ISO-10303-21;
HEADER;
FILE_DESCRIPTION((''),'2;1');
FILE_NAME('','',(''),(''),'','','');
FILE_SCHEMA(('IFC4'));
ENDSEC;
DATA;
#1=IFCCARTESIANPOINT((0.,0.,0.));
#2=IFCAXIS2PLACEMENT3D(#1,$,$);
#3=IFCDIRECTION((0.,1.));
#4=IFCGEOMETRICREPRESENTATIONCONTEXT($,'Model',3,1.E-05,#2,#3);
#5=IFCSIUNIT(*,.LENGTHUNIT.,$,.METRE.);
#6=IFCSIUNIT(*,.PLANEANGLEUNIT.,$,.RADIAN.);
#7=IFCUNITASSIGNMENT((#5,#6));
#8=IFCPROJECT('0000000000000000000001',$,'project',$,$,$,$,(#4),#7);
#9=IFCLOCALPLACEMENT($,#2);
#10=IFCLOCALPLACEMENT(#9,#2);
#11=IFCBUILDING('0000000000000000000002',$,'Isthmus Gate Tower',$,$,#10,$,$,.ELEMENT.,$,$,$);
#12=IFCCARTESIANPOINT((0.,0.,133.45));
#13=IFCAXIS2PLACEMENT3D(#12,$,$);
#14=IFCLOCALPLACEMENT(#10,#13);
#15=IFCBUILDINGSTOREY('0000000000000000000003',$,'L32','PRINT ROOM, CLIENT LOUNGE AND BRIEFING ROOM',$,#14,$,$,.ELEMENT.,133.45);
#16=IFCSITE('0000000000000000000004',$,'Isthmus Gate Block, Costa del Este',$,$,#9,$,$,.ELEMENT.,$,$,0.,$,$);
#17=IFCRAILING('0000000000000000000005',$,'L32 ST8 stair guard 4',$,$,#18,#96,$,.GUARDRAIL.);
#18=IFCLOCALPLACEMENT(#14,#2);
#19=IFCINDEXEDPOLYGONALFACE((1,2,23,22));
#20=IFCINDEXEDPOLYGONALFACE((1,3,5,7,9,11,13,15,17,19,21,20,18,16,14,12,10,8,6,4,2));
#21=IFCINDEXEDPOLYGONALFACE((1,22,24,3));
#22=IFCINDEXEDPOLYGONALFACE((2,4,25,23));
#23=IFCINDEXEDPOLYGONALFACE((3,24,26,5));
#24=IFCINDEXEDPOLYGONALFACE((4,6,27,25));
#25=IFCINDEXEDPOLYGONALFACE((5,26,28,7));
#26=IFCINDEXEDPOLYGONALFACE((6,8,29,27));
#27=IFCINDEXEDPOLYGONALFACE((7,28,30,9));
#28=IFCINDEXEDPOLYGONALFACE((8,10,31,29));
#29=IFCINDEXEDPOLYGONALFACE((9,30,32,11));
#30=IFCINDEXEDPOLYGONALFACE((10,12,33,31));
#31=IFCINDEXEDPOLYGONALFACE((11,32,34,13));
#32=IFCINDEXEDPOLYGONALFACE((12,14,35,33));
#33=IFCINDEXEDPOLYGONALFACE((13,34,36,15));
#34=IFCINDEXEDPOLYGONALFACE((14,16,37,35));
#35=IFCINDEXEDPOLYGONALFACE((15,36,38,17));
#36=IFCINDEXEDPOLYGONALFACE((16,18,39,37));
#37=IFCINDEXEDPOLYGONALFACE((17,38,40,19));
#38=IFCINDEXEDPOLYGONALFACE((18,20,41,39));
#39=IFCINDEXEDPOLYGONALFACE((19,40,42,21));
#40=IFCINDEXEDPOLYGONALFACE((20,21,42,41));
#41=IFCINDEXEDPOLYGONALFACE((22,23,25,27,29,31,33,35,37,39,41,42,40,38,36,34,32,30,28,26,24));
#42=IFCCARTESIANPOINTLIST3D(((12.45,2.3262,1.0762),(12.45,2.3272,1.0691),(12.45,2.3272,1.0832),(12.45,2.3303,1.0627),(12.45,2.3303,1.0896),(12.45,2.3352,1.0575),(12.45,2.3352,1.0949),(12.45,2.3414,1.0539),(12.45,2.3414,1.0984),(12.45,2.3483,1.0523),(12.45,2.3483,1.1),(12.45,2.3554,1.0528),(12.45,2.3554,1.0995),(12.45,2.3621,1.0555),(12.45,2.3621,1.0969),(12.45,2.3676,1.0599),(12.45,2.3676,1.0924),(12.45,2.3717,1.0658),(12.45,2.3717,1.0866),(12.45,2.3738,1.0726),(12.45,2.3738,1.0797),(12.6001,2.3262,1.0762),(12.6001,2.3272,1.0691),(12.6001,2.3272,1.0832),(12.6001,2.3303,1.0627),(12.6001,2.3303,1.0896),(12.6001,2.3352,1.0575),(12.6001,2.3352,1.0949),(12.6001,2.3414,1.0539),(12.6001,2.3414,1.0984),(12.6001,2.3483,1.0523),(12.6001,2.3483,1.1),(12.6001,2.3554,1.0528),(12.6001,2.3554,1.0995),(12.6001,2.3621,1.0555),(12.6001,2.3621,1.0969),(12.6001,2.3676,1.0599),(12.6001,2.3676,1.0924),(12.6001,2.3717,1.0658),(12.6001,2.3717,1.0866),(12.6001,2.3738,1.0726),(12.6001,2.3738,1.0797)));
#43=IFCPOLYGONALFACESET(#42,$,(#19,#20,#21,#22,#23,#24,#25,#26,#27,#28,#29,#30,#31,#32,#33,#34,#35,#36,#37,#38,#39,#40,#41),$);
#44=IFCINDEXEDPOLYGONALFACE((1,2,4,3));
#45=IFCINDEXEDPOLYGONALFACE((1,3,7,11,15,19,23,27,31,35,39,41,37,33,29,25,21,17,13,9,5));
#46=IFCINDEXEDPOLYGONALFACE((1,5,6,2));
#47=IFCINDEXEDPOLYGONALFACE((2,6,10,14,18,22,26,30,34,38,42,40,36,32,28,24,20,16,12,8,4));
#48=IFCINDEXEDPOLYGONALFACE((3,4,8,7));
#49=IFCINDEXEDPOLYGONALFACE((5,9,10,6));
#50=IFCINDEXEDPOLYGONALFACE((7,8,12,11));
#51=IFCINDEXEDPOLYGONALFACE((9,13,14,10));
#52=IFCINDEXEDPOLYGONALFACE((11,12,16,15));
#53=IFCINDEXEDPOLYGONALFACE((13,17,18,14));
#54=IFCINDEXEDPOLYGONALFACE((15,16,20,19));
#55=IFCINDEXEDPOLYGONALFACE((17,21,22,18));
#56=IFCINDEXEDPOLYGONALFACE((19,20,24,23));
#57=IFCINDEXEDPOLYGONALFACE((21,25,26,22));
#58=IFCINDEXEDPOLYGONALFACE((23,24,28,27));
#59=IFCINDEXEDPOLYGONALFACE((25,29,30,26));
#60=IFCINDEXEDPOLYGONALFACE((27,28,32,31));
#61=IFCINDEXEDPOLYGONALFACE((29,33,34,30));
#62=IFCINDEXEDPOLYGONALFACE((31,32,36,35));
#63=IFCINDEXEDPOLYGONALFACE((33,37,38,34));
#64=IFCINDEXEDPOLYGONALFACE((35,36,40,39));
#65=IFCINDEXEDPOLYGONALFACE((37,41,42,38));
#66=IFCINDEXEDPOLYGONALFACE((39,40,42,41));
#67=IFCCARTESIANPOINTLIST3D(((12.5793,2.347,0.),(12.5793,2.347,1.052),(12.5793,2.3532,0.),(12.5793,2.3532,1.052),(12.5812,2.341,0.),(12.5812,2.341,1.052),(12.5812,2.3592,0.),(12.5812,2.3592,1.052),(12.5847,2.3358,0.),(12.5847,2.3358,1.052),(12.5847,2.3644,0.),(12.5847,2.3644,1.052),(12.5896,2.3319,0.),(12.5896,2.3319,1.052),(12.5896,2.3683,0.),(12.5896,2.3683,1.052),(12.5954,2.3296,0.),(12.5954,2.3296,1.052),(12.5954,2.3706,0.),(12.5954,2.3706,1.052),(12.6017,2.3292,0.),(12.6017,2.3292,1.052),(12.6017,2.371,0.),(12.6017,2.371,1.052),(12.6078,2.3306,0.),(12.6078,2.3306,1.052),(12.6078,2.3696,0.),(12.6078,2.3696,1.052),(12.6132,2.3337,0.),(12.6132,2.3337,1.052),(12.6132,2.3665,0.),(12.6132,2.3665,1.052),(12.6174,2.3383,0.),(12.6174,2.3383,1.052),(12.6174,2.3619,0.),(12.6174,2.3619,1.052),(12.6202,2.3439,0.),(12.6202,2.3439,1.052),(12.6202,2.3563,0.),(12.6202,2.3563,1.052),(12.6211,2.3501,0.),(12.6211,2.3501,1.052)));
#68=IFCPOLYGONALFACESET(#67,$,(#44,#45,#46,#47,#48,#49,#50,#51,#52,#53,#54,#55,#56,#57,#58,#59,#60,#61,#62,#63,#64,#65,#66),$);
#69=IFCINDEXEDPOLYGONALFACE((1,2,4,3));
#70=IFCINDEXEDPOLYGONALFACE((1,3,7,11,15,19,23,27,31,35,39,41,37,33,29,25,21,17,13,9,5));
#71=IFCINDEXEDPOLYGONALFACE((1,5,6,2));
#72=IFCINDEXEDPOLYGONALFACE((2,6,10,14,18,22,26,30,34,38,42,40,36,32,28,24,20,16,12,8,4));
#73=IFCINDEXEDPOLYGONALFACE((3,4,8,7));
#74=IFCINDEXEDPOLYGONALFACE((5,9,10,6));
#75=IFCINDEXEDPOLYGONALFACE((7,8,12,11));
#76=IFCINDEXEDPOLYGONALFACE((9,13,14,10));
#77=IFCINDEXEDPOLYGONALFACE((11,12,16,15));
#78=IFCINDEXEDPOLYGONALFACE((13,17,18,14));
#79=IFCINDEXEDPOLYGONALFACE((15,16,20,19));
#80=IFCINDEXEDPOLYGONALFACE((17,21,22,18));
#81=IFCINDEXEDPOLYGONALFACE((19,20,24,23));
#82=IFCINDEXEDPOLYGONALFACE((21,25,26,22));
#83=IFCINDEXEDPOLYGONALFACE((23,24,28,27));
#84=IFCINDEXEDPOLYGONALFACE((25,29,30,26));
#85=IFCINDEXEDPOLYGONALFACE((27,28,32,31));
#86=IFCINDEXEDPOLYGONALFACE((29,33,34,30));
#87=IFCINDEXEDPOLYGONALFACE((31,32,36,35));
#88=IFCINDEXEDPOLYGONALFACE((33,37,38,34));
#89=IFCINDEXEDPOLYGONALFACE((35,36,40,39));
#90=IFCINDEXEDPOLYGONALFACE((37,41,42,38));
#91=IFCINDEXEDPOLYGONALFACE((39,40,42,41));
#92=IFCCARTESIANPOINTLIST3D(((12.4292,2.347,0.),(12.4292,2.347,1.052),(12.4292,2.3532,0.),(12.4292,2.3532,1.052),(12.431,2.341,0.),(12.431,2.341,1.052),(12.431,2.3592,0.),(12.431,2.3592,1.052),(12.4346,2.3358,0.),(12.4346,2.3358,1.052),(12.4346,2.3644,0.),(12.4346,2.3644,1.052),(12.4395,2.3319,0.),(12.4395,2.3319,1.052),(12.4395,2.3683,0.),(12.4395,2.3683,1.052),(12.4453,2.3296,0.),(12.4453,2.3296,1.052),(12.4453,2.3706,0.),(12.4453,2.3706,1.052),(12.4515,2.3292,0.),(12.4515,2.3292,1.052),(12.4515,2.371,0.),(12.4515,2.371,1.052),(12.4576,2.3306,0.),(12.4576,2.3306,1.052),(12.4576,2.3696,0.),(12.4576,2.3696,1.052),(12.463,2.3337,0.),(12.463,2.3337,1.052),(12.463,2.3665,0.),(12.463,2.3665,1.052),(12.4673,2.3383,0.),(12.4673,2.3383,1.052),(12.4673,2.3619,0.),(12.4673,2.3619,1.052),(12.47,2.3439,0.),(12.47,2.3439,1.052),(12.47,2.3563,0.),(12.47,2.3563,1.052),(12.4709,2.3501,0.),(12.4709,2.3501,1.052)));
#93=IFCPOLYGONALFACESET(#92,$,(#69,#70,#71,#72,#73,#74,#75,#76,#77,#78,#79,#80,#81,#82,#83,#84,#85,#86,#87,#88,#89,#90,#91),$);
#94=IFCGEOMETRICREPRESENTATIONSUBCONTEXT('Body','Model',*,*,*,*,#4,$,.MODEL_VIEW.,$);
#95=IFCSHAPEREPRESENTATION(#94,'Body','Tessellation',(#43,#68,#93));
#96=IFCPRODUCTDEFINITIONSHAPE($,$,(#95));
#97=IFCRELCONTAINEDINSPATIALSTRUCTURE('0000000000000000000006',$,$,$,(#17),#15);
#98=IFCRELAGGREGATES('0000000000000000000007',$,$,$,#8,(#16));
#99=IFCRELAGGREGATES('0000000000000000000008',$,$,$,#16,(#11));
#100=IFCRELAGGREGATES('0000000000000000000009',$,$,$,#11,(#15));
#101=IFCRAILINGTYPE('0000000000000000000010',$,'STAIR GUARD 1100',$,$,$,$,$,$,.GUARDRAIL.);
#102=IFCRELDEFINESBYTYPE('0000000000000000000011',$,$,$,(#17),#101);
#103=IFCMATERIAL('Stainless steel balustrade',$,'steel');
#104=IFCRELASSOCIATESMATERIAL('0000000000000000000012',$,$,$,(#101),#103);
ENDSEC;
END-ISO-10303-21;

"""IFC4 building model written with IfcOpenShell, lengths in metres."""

from ifc_helpers import new_model, si_unit, direction, frame, origin, origin_2d, place, context, subcontext, project, spatial, circle, extrude, material, type_object, element, save


model = new_model("IFC4")

# Units and contexts
model_context = context("Model", 3, precision=1e-05, world=origin(), true_north=direction((0.0, 1.0)))
body_context = subcontext(model_context, "Body", "Model", "MODEL_VIEW")
ifc_project = project(units=[si_unit("LENGTHUNIT", "METRE"), si_unit("PLANEANGLEUNIT", "RADIAN")], contexts=[model_context])

# Site, building, storey
site_placement = place(None, origin())
site = spatial("IfcSite", under=ifc_project, at=site_placement, Name="Isthmus Gate Block, Costa del Este", CompositionType="ELEMENT", RefElevation=0.0)
building_placement = place(site_placement, origin())
building = spatial("IfcBuilding", under=site, at=building_placement, Name="Isthmus Gate Tower", CompositionType="ELEMENT")
storey_placement = place(building_placement, frame((0.0, 0.0, 133.45)))
storey = spatial("IfcBuildingStorey", under=building, at=storey_placement, Name="L32", Description="PRINT ROOM, CLIENT LOUNGE AND BRIEFING ROOM", CompositionType="ELEMENT", Elevation=133.45)

# Railing
ifc_material_1 = material(Name="Stainless steel balustrade", Category="steel")
railing_type_1 = type_object("IfcRailingType", Name="STAIR GUARD 1100", PredefinedType="GUARDRAIL", material=ifc_material_1)
railing_1_placement = place(storey_placement, frame((12.6001, 2.3501, 0.0)))
element("IfcRailing", 1, at=railing_1_placement, inside=storey, type_object=railing_type_1, Name="L32 ST8 stair guard 4", PredefinedType="GUARDRAIL", context=body_context, shape_type="SweptSolid", body=[
    extrude(circle(Radius=0.0239, at=origin_2d()), frame((0.0, 0.0, 1.0762), z_axis=(-1.0, 0.0, 0.0), x_axis=(0.0, -1.0, 0.0)), (0.0, 0.0, 1.0), 0.1501),
    extrude(circle(Radius=0.021, at=origin_2d()), origin(), (0.0, 0.0, 1.0), 1.052),
    extrude(circle(Radius=0.021, at=origin_2d()), frame((-0.1501, 0.0, 0.0)), (0.0, 0.0, 1.0), 1.052),
])

save(model, "model.ifc")
